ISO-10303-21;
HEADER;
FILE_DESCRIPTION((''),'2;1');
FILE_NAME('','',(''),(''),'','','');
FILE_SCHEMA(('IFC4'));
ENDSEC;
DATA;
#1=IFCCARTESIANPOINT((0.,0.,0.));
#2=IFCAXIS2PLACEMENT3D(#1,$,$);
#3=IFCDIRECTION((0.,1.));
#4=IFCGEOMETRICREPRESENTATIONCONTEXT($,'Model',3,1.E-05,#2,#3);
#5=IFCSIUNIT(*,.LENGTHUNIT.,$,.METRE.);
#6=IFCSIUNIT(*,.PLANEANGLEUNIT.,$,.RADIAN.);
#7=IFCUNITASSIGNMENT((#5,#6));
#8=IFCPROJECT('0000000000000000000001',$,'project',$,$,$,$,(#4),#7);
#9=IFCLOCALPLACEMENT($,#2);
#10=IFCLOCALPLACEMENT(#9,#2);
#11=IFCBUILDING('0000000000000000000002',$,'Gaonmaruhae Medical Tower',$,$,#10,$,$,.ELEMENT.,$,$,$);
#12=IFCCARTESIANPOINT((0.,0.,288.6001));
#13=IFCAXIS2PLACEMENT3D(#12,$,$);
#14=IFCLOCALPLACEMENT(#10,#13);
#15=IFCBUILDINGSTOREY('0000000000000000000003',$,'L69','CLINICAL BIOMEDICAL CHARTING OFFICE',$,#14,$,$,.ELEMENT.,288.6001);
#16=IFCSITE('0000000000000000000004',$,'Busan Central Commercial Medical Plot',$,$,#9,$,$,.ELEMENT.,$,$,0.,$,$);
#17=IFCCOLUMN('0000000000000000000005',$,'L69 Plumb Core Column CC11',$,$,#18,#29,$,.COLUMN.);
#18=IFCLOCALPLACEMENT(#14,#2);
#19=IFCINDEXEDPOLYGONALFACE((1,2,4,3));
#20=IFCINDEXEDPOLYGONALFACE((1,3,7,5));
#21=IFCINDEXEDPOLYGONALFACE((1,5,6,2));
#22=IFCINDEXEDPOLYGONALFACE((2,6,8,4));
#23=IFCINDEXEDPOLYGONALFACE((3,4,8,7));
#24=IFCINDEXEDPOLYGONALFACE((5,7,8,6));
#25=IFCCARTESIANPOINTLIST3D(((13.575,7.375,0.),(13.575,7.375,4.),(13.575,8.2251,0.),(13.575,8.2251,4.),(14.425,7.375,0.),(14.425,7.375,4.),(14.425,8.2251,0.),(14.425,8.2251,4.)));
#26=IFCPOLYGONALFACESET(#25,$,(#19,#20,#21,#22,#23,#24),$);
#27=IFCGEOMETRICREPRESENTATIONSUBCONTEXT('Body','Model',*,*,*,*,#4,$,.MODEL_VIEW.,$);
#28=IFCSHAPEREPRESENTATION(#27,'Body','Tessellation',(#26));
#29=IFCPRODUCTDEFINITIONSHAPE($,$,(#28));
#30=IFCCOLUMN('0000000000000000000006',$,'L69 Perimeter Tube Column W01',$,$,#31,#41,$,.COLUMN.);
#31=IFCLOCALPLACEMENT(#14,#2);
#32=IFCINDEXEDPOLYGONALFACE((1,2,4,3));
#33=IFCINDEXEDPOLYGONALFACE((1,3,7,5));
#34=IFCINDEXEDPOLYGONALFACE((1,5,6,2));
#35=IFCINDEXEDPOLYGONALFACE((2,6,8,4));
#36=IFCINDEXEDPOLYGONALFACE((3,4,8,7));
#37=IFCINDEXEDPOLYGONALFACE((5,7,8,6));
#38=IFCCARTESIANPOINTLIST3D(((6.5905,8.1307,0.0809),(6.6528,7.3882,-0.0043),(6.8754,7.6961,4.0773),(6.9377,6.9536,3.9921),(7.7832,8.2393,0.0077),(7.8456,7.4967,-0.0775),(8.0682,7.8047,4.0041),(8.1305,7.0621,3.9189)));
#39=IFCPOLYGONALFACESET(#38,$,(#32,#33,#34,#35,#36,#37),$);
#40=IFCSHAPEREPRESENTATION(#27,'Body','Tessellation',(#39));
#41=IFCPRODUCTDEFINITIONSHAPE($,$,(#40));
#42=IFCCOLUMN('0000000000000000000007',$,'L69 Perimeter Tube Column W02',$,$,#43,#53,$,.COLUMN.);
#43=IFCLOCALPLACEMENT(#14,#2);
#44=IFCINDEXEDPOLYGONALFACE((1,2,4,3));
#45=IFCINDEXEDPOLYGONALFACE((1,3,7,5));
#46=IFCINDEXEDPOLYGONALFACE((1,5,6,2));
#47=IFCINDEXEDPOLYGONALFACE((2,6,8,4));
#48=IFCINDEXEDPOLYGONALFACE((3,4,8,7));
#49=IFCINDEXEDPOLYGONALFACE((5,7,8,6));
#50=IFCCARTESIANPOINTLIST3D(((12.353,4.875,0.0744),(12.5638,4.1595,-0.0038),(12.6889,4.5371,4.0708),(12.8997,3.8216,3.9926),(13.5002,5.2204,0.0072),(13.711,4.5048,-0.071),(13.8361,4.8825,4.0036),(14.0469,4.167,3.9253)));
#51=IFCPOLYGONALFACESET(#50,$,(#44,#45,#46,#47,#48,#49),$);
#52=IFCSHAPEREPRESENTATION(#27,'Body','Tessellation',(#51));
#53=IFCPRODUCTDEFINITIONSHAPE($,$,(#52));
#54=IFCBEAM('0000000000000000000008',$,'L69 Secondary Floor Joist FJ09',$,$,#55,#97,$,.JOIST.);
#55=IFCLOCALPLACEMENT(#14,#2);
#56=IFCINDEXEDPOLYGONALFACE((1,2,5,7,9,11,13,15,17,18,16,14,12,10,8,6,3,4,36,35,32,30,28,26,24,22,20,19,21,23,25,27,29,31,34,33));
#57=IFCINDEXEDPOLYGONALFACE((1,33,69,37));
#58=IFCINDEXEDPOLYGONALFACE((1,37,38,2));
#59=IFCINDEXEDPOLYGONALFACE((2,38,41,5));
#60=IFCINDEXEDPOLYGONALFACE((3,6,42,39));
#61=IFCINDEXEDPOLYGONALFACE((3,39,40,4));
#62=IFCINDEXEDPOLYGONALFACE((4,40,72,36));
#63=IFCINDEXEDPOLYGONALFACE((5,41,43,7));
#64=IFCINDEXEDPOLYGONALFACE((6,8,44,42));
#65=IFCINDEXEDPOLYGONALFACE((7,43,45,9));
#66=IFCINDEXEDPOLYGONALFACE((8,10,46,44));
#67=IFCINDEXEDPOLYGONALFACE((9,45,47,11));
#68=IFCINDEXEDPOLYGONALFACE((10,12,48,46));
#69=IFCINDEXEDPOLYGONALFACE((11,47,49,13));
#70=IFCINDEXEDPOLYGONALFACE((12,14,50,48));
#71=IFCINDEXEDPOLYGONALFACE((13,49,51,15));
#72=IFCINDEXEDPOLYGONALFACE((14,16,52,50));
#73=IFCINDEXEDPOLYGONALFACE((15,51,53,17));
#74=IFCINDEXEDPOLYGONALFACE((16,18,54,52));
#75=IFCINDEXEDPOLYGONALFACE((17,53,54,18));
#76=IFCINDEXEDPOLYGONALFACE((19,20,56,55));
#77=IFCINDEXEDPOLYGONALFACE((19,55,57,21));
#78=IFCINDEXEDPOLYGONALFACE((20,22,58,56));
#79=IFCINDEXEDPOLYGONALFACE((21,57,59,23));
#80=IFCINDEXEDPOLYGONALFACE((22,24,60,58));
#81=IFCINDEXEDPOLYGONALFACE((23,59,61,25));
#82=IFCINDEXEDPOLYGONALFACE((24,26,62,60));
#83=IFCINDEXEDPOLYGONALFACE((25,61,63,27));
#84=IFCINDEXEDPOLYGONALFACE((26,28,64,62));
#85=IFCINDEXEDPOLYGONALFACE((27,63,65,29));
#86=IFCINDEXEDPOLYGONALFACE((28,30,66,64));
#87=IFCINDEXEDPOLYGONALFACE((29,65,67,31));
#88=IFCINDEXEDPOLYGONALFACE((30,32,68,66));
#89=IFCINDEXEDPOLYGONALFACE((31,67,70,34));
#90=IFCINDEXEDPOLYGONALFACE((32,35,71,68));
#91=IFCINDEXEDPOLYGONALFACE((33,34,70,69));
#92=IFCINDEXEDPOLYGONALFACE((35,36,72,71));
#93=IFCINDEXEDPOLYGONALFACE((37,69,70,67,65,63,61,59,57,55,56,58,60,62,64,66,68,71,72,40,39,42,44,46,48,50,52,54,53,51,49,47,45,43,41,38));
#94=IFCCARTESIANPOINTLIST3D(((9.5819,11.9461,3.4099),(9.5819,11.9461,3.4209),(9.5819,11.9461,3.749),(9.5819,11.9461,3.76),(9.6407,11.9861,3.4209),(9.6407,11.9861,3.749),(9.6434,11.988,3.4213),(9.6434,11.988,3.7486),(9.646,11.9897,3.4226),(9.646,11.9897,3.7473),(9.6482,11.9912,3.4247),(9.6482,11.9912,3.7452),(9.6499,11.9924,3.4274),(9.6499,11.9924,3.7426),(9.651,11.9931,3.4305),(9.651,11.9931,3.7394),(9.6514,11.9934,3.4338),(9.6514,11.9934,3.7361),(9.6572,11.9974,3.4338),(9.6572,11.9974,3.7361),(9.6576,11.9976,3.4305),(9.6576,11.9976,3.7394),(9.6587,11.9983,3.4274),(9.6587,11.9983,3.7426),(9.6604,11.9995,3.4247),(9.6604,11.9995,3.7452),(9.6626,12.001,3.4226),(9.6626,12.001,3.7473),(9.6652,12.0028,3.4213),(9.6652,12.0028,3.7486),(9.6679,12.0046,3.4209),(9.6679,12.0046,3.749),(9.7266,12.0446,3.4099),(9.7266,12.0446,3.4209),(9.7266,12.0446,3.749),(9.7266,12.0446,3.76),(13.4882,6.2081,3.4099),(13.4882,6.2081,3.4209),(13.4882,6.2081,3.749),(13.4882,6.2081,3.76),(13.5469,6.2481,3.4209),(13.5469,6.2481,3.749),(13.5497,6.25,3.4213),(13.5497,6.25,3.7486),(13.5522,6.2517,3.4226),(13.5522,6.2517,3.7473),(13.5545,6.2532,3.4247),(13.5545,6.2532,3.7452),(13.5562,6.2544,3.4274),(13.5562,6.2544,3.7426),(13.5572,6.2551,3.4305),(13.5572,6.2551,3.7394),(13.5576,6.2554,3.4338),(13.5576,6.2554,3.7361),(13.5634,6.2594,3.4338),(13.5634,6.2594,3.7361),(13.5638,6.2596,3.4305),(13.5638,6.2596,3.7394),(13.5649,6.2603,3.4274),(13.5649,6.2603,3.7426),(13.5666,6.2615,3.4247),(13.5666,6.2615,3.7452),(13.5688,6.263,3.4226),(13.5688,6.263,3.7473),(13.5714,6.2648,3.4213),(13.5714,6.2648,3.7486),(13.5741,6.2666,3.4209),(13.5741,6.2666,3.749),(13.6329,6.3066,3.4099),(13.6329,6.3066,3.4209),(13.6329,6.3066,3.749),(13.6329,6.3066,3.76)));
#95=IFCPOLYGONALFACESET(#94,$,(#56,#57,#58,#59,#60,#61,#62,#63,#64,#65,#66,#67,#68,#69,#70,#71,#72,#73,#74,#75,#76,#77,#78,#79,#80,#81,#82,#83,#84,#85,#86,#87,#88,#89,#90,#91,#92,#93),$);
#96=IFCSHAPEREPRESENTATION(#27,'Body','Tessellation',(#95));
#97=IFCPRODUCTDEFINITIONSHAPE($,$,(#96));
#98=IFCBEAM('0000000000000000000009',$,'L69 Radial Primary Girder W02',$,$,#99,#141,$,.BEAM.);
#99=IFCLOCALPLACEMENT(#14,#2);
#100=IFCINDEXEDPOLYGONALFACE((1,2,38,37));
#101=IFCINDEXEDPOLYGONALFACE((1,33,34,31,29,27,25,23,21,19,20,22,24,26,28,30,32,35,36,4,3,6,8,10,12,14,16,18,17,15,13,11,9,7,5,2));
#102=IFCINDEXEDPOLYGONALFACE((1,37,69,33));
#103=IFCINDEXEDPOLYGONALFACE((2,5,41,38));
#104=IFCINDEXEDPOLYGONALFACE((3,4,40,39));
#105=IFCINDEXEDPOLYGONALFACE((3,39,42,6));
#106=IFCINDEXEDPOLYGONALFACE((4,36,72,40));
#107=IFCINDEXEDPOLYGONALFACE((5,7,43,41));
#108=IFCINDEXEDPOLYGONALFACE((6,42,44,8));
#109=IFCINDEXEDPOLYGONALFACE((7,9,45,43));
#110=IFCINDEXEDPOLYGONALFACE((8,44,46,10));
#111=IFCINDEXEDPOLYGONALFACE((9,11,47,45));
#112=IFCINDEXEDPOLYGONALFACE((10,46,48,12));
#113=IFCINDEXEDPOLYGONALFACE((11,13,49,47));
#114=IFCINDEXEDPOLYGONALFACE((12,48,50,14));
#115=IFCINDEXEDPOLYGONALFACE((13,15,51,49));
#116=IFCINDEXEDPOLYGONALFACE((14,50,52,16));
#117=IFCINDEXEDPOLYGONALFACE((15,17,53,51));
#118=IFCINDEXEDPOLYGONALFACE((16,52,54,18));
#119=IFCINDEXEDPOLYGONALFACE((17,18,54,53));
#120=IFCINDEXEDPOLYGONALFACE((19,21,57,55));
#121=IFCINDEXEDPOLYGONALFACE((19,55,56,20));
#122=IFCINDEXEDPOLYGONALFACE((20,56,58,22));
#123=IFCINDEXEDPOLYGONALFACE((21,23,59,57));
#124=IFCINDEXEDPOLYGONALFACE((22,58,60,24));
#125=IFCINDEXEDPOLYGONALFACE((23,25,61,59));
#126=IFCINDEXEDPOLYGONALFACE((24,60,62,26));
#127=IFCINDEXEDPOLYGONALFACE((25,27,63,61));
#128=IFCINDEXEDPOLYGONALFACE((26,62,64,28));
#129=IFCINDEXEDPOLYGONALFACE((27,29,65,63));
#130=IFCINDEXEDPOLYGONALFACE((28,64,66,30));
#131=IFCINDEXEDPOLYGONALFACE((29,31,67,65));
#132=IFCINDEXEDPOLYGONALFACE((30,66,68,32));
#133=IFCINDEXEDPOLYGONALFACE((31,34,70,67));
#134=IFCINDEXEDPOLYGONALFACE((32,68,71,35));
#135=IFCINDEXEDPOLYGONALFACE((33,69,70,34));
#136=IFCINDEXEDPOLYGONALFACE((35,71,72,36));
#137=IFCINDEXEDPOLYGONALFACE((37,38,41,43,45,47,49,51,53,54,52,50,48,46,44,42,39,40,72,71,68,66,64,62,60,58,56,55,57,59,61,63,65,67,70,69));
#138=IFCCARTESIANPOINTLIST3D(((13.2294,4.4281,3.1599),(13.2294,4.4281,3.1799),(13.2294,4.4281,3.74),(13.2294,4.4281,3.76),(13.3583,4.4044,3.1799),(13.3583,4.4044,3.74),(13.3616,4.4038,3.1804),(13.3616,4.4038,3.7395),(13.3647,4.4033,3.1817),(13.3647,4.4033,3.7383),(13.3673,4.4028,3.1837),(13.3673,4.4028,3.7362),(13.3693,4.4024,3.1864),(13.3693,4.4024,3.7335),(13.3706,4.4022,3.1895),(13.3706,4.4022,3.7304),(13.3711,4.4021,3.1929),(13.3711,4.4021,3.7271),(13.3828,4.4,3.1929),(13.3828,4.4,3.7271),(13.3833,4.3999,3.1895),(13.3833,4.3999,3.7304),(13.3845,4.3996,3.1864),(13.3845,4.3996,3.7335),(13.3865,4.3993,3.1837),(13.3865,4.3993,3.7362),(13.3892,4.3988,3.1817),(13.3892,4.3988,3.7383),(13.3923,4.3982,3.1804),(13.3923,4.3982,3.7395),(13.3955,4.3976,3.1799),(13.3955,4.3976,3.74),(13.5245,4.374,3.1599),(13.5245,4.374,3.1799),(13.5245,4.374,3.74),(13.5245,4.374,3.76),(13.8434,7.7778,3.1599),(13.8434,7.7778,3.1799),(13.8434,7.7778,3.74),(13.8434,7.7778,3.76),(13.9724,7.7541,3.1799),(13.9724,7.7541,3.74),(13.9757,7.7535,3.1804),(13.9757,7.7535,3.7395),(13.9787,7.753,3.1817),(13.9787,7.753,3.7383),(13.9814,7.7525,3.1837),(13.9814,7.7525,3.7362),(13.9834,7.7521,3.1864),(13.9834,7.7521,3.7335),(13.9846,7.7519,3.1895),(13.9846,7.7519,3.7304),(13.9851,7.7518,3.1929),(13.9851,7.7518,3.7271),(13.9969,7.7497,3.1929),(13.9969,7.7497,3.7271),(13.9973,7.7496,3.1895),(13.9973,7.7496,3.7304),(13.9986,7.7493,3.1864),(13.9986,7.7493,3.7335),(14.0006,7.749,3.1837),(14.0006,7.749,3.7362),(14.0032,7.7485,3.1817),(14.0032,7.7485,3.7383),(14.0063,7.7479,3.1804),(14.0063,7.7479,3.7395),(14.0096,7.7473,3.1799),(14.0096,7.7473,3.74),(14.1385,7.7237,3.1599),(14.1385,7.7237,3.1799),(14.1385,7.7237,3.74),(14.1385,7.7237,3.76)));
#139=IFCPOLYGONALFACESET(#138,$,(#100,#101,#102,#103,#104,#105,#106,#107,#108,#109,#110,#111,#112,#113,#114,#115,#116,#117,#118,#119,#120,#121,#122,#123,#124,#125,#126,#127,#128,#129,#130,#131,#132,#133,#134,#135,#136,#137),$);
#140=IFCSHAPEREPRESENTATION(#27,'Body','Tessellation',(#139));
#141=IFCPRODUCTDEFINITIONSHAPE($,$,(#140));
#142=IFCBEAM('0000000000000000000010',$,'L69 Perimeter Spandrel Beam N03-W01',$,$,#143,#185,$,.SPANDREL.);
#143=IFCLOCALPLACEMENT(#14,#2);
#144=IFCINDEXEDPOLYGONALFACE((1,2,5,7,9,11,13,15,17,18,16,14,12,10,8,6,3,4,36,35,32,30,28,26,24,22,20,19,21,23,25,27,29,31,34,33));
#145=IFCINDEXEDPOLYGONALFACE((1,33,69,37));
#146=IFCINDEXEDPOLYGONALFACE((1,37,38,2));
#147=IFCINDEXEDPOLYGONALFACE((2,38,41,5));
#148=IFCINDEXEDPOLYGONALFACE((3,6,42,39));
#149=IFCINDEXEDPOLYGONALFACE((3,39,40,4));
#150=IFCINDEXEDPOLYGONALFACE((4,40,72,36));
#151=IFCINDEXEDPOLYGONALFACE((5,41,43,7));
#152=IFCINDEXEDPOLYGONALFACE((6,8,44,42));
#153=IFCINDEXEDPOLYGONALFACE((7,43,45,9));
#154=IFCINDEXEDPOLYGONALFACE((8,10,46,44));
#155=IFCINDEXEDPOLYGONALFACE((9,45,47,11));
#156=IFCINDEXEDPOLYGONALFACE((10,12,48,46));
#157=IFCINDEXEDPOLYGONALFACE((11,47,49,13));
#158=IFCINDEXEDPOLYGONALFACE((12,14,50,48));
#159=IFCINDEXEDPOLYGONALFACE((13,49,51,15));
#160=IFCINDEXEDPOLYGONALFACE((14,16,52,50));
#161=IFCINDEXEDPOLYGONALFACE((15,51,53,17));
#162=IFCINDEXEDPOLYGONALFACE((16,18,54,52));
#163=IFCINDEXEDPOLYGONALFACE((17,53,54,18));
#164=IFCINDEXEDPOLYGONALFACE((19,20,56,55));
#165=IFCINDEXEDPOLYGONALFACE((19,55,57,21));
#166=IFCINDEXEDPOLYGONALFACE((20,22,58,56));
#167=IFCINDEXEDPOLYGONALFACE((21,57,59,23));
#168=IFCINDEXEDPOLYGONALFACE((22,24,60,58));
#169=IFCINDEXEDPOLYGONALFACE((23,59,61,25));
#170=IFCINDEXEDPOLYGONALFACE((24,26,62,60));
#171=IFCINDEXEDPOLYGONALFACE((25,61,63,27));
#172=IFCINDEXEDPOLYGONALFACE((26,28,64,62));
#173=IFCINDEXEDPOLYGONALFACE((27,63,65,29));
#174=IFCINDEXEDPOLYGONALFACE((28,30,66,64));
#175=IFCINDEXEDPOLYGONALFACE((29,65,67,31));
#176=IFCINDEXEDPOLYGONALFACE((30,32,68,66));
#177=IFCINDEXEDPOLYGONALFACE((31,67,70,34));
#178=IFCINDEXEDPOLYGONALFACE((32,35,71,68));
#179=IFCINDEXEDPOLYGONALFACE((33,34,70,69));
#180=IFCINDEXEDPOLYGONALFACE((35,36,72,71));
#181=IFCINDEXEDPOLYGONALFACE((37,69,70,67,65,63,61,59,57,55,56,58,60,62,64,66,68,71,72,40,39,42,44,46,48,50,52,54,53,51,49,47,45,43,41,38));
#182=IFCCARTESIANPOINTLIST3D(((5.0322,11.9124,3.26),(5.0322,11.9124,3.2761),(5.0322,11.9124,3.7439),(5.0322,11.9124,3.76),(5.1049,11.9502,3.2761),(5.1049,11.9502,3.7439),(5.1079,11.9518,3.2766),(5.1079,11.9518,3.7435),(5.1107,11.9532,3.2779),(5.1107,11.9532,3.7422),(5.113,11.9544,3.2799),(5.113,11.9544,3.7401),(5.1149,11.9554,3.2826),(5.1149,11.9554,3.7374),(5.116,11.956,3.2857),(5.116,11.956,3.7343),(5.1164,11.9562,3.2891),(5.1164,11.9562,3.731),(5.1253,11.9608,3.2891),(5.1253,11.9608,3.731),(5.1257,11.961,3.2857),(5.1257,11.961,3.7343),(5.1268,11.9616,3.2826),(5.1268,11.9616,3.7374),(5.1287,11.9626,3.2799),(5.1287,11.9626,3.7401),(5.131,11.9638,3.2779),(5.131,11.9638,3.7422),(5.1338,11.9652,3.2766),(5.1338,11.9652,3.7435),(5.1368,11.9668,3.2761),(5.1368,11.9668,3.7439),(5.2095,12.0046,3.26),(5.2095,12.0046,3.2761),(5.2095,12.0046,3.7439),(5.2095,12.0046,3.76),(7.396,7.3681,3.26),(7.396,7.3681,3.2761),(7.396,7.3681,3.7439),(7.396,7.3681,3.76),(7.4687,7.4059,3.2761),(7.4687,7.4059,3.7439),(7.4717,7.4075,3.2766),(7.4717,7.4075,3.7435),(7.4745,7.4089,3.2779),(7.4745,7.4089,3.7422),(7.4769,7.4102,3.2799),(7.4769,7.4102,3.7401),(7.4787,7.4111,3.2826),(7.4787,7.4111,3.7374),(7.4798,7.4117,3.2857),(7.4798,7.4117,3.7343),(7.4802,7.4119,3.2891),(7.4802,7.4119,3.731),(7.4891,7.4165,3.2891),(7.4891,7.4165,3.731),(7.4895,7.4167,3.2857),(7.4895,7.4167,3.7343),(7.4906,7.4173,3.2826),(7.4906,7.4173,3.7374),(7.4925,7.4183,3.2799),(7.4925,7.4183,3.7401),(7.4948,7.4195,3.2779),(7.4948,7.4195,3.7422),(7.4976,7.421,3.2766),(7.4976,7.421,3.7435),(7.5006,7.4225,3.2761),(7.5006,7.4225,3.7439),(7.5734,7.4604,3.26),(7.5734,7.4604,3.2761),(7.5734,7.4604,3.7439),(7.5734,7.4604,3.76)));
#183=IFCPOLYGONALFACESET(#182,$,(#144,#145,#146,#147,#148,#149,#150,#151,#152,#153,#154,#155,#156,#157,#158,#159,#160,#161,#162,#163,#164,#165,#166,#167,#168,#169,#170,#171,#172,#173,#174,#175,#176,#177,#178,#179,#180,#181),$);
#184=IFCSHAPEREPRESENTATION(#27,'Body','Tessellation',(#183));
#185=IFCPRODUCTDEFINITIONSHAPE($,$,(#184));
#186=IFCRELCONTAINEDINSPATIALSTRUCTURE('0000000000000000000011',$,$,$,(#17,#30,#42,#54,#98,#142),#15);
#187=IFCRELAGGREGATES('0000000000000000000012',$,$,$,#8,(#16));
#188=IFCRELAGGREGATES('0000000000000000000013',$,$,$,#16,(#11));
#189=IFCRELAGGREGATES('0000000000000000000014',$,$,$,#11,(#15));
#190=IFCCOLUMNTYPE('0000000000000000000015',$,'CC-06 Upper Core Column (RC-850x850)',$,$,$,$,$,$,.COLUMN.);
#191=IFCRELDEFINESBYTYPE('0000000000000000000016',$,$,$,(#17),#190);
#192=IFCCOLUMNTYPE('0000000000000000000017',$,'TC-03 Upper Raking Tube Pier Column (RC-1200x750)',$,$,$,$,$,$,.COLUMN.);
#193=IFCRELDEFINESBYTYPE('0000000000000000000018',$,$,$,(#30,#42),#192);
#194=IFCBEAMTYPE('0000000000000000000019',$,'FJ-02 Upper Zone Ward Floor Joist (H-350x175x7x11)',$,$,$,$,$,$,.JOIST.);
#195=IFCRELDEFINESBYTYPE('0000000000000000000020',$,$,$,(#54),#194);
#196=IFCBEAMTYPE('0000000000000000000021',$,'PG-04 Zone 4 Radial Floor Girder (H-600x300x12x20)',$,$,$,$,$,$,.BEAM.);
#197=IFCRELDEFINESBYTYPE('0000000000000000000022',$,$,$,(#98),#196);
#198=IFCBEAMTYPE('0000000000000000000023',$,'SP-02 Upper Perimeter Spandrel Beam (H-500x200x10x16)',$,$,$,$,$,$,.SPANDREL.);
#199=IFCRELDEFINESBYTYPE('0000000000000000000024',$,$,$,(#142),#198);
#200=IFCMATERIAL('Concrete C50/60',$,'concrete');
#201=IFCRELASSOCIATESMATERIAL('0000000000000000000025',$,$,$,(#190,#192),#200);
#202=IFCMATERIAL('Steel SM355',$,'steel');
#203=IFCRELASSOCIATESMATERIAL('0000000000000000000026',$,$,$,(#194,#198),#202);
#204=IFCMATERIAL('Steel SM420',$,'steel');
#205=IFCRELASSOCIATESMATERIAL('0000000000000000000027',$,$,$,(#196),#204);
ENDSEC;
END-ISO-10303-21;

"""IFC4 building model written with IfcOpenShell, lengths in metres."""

from ifc_helpers import new_model, si_unit, direction, frame, origin, origin_2d, place, context, subcontext, project, spatial, rectangle, i_section, extrude, material, material_profile, profile_set, type_object, element, save


model = new_model("IFC4")

# Units and contexts
model_context = context("Model", 3, precision=1e-05, world=origin(), true_north=direction((0.0, 1.0)))
body_context = subcontext(model_context, "Body", "Model", "MODEL_VIEW")
ifc_project = project(units=[si_unit("LENGTHUNIT", "METRE"), si_unit("PLANEANGLEUNIT", "RADIAN")], contexts=[model_context])

# Site, building, storey
site_placement = place(None, origin())
site = spatial("IfcSite", under=ifc_project, at=site_placement, Name="Busan Central Commercial Medical Plot", CompositionType="ELEMENT", RefElevation=0.0)
building_placement = place(site_placement, origin())
building = spatial("IfcBuilding", under=site, at=building_placement, Name="Gaonmaruhae Medical Tower", CompositionType="ELEMENT")
storey_placement = place(building_placement, frame((0.0, 0.0, 288.6001)))
storey = spatial("IfcBuildingStorey", under=building, at=storey_placement, Name="L69", Description="CLINICAL BIOMEDICAL CHARTING OFFICE", CompositionType="ELEMENT", Elevation=288.6001)

# Columns
ifc_material_1 = material(Name="Concrete C50/60", Category="concrete")
ifc_material_profile_1 = material_profile(ifc_material_1, rectangle(XDim=0.8501, YDim=0.8501, at=origin_2d()), Name="RC-850x850")
ifc_profile_set_1 = profile_set([ifc_material_profile_1], Name="Concrete C50/60")
column_type_1 = type_object("IfcColumnType", Name="CC-06 Upper Core Column (RC-850x850)", PredefinedType="COLUMN", material=ifc_profile_set_1)
column_1_placement = place(storey_placement, frame((14.0, 7.8, 0.0), z_axis=(0.0, 0.0, 1.0), x_axis=(1.0, 0.0, 0.0)))
element("IfcColumn", 1, at=column_1_placement, inside=storey, type_object=column_type_1, Name="L69 Plumb Core Column CC11", PredefinedType="COLUMN", context=body_context, shape_type="SweptSolid", body=[
    extrude(rectangle(XDim=0.8501, YDim=0.8501, at=origin_2d()), origin(), (0.0, 0.0, 1.0), 4.0),
])
ifc_material_profile_2 = material_profile(ifc_material_1, rectangle(XDim=1.2, YDim=0.75, at=origin_2d()), Name="RC-1200x750")
ifc_profile_set_2 = profile_set([ifc_material_profile_2], Name="Concrete C50/60")
column_type_2 = type_object("IfcColumnType", Name="TC-03 Upper Raking Tube Pier Column (RC-1200x750)", PredefinedType="COLUMN", material=ifc_profile_set_2)
column_2_placement = place(storey_placement, frame((7.218, 7.8137, 0.0017), z_axis=(0.070698, -0.107834, 0.991652), x_axis=(-0.994029, -0.090453, 0.061032)))
element("IfcColumn", 2, at=column_2_placement, inside=storey, type_object=column_type_2, Name="L69 Perimeter Tube Column W01", PredefinedType="COLUMN", context=body_context, shape_type="SweptSolid", body=[
    extrude(rectangle(XDim=1.2, YDim=0.75, at=origin_2d()), origin(), (0.0, 0.0, 1.0), 4.03),
])
column_3_placement = place(storey_placement, frame((13.032, 4.6899, 0.0017), z_axis=(0.08347, -0.083955, 0.992967), x_axis=(-0.956056, -0.28778, 0.056036)))
element("IfcColumn", 3, at=column_3_placement, inside=storey, type_object=column_type_2, Name="L69 Perimeter Tube Column W02", PredefinedType="COLUMN", context=body_context, shape_type="SweptSolid", body=[
    extrude(rectangle(XDim=1.2, YDim=0.75, at=origin_2d()), origin(), (0.0, 0.0, 1.0), 4.0247),
])

# Beams
ifc_material_2 = material(Name="Steel SM355", Category="steel")
ifc_material_profile_3 = material_profile(ifc_material_2, i_section(OverallWidth=0.175, OverallDepth=0.3501, WebThickness=0.0071, FlangeThickness=0.011, FilletRadius=0.0129, at=origin_2d()), Name="H-350x175x7x11")
ifc_profile_set_3 = profile_set([ifc_material_profile_3], Name="Steel SM355")
beam_type_1 = type_object("IfcBeamType", Name="FJ-02 Upper Zone Ward Floor Joist (H-350x175x7x11)", PredefinedType="JOIST", material=ifc_profile_set_3)
beam_1_placement = place(storey_placement, frame((9.6543, 11.9954, 3.585), z_axis=(0.562742, -0.826633, 0.0), x_axis=(0.826633, 0.562742, 0.0)))
element("IfcBeam", 4, at=beam_1_placement, inside=storey, type_object=beam_type_1, Name="L69 Secondary Floor Joist FJ09", PredefinedType="JOIST", context=body_context, shape_type="SweptSolid", body=[
    extrude(i_section(OverallWidth=0.175, OverallDepth=0.3501, WebThickness=0.0071, FlangeThickness=0.011, FilletRadius=0.0129, at=origin_2d()), origin(), (0.0, 0.0, 1.0), 6.9414),
])
ifc_material_3 = material(Name="Steel SM420", Category="steel")
ifc_material_profile_4 = material_profile(ifc_material_3, i_section(OverallWidth=0.3, OverallDepth=0.6001, WebThickness=0.012, FlangeThickness=0.02, FilletRadius=0.0129, at=origin_2d()), Name="H-600x300x12x20")
ifc_profile_set_4 = profile_set([ifc_material_profile_4], Name="Steel SM420")
beam_type_2 = type_object("IfcBeamType", Name="PG-04 Zone 4 Radial Floor Girder (H-600x300x12x20)", PredefinedType="BEAM", material=ifc_profile_set_4)
beam_2_placement = place(storey_placement, frame((13.991, 7.7507, 3.46), z_axis=(-0.180305, -0.983611, 0.0), x_axis=(0.983611, -0.180305, 0.0)))
element("IfcBeam", 5, at=beam_2_placement, inside=storey, type_object=beam_type_2, Name="L69 Radial Primary Girder W02", PredefinedType="BEAM", context=body_context, shape_type="SweptSolid", body=[
    extrude(i_section(OverallWidth=0.3, OverallDepth=0.6001, WebThickness=0.012, FlangeThickness=0.02, FilletRadius=0.0129, at=origin_2d()), origin(), (0.0, 0.0, 1.0), 3.4055),
])
ifc_material_profile_5 = material_profile(ifc_material_2, i_section(OverallWidth=0.2, OverallDepth=0.5, WebThickness=0.01, FlangeThickness=0.0161, FilletRadius=0.0129, at=origin_2d()), Name="H-500x200x10x16")
ifc_profile_set_5 = profile_set([ifc_material_profile_5], Name="Steel SM355")
beam_type_3 = type_object("IfcBeamType", Name="SP-02 Upper Perimeter Spandrel Beam (H-500x200x10x16)", PredefinedType="SPANDREL", material=ifc_profile_set_5)
beam_3_placement = place(storey_placement, frame((5.1208, 11.9585, 3.51), z_axis=(0.461474, -0.887154, 0.0), x_axis=(0.887154, 0.461474, 0.0)))
element("IfcBeam", 6, at=beam_3_placement, inside=storey, type_object=beam_type_3, Name="L69 Perimeter Spandrel Beam N03-W01", PredefinedType="SPANDREL", context=body_context, shape_type="SweptSolid", body=[
    extrude(i_section(OverallWidth=0.2, OverallDepth=0.5, WebThickness=0.01, FlangeThickness=0.0161, FilletRadius=0.0129, at=origin_2d()), origin(), (0.0, 0.0, 1.0), 5.1223),
])

save(model, "model.ifc")
